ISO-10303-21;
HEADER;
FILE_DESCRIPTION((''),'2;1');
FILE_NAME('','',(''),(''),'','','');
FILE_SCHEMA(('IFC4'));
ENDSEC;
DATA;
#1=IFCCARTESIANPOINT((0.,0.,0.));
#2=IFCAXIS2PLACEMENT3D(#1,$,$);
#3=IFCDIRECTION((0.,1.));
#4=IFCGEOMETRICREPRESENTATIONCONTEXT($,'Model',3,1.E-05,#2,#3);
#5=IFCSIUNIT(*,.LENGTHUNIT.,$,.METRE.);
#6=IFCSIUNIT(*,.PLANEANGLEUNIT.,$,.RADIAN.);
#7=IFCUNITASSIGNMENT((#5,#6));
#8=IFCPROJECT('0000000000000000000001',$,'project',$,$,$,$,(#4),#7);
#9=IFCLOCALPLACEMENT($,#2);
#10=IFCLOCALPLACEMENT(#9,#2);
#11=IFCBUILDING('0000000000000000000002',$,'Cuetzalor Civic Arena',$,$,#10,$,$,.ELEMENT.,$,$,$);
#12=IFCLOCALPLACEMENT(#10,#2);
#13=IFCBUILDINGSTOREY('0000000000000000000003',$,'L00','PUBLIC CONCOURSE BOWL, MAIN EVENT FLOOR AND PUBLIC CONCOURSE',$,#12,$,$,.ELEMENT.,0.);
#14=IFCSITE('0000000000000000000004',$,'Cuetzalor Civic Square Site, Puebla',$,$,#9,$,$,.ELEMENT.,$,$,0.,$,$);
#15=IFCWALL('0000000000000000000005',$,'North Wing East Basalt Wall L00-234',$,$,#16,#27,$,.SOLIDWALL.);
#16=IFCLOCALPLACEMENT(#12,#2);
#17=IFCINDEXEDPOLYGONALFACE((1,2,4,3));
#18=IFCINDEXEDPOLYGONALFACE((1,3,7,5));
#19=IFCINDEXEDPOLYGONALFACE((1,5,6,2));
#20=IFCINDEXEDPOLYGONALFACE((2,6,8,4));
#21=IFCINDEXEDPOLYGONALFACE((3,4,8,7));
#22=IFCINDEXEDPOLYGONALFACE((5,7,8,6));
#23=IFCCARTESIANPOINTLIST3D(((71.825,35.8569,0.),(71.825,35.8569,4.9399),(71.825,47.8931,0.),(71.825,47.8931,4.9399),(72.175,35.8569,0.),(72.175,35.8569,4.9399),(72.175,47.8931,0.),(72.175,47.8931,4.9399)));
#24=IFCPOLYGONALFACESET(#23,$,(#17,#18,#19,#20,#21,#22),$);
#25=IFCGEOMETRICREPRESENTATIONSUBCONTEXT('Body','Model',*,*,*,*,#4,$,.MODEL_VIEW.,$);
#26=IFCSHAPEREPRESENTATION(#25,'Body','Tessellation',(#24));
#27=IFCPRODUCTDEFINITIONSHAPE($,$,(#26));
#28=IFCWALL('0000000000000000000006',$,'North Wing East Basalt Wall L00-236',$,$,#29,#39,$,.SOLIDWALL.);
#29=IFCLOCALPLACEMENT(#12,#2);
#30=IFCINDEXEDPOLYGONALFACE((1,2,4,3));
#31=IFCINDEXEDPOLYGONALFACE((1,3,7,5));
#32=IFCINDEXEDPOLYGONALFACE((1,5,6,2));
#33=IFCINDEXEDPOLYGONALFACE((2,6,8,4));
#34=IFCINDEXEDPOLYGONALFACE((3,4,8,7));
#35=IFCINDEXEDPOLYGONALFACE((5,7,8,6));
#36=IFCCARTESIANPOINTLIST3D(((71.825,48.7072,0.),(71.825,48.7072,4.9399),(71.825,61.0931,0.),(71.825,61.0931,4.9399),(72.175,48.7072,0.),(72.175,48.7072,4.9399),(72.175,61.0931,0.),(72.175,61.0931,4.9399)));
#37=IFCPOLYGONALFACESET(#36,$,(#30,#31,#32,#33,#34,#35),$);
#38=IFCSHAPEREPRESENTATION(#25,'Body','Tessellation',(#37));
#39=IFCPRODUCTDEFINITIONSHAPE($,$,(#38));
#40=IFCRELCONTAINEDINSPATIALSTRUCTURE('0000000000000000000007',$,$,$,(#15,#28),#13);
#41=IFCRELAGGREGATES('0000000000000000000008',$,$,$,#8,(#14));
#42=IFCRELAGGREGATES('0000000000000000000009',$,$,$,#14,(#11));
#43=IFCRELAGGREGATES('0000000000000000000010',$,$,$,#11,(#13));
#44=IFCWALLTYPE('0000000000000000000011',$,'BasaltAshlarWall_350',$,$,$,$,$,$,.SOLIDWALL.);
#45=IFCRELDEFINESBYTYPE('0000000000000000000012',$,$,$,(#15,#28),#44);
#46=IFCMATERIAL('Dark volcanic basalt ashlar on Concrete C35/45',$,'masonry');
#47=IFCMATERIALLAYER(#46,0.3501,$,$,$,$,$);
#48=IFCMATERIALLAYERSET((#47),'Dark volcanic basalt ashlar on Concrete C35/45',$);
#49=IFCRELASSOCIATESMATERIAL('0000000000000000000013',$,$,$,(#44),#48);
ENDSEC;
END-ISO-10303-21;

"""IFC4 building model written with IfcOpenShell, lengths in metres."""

from ifc_helpers import new_model, si_unit, direction, frame, frame_2d, origin, place, context, subcontext, project, spatial, rectangle, extrude, material, layer, layer_set, type_object, element, save


model = new_model("IFC4")

# Units and contexts
model_context = context("Model", 3, precision=1e-05, world=origin(), true_north=direction((0.0, 1.0)))
body_context = subcontext(model_context, "Body", "Model", "MODEL_VIEW")
ifc_project = project(units=[si_unit("LENGTHUNIT", "METRE"), si_unit("PLANEANGLEUNIT", "RADIAN")], contexts=[model_context])

# Site, building, storey
site_placement = place(None, origin())
site = spatial("IfcSite", under=ifc_project, at=site_placement, Name="Cuetzalor Civic Square Site, Puebla", CompositionType="ELEMENT", RefElevation=0.0)
building_placement = place(site_placement, origin())
building = spatial("IfcBuilding", under=site, at=building_placement, Name="Cuetzalor Civic Arena", CompositionType="ELEMENT")
storey_placement = place(building_placement, origin())
storey = spatial("IfcBuildingStorey", under=building, at=storey_placement, Name="L00", Description="PUBLIC CONCOURSE BOWL, MAIN EVENT FLOOR AND PUBLIC CONCOURSE", CompositionType="ELEMENT", Elevation=0.0)

# Walls
ifc_material_1 = material(Name="Dark volcanic basalt ashlar on Concrete C35/45", Category="masonry")
ifc_layer_1 = layer(ifc_material_1, 0.3501)
ifc_layer_set_1 = layer_set([ifc_layer_1], Name="Dark volcanic basalt ashlar on Concrete C35/45")
wall_type = type_object("IfcWallType", Name="BasaltAshlarWall_350", PredefinedType="SOLIDWALL", material=ifc_layer_set_1)
wall_1_placement = place(storey_placement, frame((72.0, 47.8931, 0.0), z_axis=(0.0, 0.0, 1.0), x_axis=(0.0, -1.0, 0.0)))
element("IfcWall", 1, at=wall_1_placement, inside=storey, type_object=wall_type, Name="North Wing East Basalt Wall L00-234", PredefinedType="SOLIDWALL", context=body_context, shape_type="SweptSolid", body=[
    extrude(rectangle(XDim=12.0361, YDim=0.3501, at=frame_2d((6.0181, 0.0))), origin(), (0.0, 0.0, 1.0), 4.9399),
])
wall_2_placement = place(storey_placement, frame((72.0, 61.093, 0.0), z_axis=(0.0, 0.0, 1.0), x_axis=(0.0, -1.0, 0.0)))
element("IfcWall", 2, at=wall_2_placement, inside=storey, type_object=wall_type, Name="North Wing East Basalt Wall L00-236", PredefinedType="SOLIDWALL", context=body_context, shape_type="SweptSolid", body=[
    extrude(rectangle(XDim=12.386, YDim=0.3501, at=frame_2d((6.1929, 0.0))), origin(), (0.0, 0.0, 1.0), 4.9399),
])

save(model, "model.ifc")
